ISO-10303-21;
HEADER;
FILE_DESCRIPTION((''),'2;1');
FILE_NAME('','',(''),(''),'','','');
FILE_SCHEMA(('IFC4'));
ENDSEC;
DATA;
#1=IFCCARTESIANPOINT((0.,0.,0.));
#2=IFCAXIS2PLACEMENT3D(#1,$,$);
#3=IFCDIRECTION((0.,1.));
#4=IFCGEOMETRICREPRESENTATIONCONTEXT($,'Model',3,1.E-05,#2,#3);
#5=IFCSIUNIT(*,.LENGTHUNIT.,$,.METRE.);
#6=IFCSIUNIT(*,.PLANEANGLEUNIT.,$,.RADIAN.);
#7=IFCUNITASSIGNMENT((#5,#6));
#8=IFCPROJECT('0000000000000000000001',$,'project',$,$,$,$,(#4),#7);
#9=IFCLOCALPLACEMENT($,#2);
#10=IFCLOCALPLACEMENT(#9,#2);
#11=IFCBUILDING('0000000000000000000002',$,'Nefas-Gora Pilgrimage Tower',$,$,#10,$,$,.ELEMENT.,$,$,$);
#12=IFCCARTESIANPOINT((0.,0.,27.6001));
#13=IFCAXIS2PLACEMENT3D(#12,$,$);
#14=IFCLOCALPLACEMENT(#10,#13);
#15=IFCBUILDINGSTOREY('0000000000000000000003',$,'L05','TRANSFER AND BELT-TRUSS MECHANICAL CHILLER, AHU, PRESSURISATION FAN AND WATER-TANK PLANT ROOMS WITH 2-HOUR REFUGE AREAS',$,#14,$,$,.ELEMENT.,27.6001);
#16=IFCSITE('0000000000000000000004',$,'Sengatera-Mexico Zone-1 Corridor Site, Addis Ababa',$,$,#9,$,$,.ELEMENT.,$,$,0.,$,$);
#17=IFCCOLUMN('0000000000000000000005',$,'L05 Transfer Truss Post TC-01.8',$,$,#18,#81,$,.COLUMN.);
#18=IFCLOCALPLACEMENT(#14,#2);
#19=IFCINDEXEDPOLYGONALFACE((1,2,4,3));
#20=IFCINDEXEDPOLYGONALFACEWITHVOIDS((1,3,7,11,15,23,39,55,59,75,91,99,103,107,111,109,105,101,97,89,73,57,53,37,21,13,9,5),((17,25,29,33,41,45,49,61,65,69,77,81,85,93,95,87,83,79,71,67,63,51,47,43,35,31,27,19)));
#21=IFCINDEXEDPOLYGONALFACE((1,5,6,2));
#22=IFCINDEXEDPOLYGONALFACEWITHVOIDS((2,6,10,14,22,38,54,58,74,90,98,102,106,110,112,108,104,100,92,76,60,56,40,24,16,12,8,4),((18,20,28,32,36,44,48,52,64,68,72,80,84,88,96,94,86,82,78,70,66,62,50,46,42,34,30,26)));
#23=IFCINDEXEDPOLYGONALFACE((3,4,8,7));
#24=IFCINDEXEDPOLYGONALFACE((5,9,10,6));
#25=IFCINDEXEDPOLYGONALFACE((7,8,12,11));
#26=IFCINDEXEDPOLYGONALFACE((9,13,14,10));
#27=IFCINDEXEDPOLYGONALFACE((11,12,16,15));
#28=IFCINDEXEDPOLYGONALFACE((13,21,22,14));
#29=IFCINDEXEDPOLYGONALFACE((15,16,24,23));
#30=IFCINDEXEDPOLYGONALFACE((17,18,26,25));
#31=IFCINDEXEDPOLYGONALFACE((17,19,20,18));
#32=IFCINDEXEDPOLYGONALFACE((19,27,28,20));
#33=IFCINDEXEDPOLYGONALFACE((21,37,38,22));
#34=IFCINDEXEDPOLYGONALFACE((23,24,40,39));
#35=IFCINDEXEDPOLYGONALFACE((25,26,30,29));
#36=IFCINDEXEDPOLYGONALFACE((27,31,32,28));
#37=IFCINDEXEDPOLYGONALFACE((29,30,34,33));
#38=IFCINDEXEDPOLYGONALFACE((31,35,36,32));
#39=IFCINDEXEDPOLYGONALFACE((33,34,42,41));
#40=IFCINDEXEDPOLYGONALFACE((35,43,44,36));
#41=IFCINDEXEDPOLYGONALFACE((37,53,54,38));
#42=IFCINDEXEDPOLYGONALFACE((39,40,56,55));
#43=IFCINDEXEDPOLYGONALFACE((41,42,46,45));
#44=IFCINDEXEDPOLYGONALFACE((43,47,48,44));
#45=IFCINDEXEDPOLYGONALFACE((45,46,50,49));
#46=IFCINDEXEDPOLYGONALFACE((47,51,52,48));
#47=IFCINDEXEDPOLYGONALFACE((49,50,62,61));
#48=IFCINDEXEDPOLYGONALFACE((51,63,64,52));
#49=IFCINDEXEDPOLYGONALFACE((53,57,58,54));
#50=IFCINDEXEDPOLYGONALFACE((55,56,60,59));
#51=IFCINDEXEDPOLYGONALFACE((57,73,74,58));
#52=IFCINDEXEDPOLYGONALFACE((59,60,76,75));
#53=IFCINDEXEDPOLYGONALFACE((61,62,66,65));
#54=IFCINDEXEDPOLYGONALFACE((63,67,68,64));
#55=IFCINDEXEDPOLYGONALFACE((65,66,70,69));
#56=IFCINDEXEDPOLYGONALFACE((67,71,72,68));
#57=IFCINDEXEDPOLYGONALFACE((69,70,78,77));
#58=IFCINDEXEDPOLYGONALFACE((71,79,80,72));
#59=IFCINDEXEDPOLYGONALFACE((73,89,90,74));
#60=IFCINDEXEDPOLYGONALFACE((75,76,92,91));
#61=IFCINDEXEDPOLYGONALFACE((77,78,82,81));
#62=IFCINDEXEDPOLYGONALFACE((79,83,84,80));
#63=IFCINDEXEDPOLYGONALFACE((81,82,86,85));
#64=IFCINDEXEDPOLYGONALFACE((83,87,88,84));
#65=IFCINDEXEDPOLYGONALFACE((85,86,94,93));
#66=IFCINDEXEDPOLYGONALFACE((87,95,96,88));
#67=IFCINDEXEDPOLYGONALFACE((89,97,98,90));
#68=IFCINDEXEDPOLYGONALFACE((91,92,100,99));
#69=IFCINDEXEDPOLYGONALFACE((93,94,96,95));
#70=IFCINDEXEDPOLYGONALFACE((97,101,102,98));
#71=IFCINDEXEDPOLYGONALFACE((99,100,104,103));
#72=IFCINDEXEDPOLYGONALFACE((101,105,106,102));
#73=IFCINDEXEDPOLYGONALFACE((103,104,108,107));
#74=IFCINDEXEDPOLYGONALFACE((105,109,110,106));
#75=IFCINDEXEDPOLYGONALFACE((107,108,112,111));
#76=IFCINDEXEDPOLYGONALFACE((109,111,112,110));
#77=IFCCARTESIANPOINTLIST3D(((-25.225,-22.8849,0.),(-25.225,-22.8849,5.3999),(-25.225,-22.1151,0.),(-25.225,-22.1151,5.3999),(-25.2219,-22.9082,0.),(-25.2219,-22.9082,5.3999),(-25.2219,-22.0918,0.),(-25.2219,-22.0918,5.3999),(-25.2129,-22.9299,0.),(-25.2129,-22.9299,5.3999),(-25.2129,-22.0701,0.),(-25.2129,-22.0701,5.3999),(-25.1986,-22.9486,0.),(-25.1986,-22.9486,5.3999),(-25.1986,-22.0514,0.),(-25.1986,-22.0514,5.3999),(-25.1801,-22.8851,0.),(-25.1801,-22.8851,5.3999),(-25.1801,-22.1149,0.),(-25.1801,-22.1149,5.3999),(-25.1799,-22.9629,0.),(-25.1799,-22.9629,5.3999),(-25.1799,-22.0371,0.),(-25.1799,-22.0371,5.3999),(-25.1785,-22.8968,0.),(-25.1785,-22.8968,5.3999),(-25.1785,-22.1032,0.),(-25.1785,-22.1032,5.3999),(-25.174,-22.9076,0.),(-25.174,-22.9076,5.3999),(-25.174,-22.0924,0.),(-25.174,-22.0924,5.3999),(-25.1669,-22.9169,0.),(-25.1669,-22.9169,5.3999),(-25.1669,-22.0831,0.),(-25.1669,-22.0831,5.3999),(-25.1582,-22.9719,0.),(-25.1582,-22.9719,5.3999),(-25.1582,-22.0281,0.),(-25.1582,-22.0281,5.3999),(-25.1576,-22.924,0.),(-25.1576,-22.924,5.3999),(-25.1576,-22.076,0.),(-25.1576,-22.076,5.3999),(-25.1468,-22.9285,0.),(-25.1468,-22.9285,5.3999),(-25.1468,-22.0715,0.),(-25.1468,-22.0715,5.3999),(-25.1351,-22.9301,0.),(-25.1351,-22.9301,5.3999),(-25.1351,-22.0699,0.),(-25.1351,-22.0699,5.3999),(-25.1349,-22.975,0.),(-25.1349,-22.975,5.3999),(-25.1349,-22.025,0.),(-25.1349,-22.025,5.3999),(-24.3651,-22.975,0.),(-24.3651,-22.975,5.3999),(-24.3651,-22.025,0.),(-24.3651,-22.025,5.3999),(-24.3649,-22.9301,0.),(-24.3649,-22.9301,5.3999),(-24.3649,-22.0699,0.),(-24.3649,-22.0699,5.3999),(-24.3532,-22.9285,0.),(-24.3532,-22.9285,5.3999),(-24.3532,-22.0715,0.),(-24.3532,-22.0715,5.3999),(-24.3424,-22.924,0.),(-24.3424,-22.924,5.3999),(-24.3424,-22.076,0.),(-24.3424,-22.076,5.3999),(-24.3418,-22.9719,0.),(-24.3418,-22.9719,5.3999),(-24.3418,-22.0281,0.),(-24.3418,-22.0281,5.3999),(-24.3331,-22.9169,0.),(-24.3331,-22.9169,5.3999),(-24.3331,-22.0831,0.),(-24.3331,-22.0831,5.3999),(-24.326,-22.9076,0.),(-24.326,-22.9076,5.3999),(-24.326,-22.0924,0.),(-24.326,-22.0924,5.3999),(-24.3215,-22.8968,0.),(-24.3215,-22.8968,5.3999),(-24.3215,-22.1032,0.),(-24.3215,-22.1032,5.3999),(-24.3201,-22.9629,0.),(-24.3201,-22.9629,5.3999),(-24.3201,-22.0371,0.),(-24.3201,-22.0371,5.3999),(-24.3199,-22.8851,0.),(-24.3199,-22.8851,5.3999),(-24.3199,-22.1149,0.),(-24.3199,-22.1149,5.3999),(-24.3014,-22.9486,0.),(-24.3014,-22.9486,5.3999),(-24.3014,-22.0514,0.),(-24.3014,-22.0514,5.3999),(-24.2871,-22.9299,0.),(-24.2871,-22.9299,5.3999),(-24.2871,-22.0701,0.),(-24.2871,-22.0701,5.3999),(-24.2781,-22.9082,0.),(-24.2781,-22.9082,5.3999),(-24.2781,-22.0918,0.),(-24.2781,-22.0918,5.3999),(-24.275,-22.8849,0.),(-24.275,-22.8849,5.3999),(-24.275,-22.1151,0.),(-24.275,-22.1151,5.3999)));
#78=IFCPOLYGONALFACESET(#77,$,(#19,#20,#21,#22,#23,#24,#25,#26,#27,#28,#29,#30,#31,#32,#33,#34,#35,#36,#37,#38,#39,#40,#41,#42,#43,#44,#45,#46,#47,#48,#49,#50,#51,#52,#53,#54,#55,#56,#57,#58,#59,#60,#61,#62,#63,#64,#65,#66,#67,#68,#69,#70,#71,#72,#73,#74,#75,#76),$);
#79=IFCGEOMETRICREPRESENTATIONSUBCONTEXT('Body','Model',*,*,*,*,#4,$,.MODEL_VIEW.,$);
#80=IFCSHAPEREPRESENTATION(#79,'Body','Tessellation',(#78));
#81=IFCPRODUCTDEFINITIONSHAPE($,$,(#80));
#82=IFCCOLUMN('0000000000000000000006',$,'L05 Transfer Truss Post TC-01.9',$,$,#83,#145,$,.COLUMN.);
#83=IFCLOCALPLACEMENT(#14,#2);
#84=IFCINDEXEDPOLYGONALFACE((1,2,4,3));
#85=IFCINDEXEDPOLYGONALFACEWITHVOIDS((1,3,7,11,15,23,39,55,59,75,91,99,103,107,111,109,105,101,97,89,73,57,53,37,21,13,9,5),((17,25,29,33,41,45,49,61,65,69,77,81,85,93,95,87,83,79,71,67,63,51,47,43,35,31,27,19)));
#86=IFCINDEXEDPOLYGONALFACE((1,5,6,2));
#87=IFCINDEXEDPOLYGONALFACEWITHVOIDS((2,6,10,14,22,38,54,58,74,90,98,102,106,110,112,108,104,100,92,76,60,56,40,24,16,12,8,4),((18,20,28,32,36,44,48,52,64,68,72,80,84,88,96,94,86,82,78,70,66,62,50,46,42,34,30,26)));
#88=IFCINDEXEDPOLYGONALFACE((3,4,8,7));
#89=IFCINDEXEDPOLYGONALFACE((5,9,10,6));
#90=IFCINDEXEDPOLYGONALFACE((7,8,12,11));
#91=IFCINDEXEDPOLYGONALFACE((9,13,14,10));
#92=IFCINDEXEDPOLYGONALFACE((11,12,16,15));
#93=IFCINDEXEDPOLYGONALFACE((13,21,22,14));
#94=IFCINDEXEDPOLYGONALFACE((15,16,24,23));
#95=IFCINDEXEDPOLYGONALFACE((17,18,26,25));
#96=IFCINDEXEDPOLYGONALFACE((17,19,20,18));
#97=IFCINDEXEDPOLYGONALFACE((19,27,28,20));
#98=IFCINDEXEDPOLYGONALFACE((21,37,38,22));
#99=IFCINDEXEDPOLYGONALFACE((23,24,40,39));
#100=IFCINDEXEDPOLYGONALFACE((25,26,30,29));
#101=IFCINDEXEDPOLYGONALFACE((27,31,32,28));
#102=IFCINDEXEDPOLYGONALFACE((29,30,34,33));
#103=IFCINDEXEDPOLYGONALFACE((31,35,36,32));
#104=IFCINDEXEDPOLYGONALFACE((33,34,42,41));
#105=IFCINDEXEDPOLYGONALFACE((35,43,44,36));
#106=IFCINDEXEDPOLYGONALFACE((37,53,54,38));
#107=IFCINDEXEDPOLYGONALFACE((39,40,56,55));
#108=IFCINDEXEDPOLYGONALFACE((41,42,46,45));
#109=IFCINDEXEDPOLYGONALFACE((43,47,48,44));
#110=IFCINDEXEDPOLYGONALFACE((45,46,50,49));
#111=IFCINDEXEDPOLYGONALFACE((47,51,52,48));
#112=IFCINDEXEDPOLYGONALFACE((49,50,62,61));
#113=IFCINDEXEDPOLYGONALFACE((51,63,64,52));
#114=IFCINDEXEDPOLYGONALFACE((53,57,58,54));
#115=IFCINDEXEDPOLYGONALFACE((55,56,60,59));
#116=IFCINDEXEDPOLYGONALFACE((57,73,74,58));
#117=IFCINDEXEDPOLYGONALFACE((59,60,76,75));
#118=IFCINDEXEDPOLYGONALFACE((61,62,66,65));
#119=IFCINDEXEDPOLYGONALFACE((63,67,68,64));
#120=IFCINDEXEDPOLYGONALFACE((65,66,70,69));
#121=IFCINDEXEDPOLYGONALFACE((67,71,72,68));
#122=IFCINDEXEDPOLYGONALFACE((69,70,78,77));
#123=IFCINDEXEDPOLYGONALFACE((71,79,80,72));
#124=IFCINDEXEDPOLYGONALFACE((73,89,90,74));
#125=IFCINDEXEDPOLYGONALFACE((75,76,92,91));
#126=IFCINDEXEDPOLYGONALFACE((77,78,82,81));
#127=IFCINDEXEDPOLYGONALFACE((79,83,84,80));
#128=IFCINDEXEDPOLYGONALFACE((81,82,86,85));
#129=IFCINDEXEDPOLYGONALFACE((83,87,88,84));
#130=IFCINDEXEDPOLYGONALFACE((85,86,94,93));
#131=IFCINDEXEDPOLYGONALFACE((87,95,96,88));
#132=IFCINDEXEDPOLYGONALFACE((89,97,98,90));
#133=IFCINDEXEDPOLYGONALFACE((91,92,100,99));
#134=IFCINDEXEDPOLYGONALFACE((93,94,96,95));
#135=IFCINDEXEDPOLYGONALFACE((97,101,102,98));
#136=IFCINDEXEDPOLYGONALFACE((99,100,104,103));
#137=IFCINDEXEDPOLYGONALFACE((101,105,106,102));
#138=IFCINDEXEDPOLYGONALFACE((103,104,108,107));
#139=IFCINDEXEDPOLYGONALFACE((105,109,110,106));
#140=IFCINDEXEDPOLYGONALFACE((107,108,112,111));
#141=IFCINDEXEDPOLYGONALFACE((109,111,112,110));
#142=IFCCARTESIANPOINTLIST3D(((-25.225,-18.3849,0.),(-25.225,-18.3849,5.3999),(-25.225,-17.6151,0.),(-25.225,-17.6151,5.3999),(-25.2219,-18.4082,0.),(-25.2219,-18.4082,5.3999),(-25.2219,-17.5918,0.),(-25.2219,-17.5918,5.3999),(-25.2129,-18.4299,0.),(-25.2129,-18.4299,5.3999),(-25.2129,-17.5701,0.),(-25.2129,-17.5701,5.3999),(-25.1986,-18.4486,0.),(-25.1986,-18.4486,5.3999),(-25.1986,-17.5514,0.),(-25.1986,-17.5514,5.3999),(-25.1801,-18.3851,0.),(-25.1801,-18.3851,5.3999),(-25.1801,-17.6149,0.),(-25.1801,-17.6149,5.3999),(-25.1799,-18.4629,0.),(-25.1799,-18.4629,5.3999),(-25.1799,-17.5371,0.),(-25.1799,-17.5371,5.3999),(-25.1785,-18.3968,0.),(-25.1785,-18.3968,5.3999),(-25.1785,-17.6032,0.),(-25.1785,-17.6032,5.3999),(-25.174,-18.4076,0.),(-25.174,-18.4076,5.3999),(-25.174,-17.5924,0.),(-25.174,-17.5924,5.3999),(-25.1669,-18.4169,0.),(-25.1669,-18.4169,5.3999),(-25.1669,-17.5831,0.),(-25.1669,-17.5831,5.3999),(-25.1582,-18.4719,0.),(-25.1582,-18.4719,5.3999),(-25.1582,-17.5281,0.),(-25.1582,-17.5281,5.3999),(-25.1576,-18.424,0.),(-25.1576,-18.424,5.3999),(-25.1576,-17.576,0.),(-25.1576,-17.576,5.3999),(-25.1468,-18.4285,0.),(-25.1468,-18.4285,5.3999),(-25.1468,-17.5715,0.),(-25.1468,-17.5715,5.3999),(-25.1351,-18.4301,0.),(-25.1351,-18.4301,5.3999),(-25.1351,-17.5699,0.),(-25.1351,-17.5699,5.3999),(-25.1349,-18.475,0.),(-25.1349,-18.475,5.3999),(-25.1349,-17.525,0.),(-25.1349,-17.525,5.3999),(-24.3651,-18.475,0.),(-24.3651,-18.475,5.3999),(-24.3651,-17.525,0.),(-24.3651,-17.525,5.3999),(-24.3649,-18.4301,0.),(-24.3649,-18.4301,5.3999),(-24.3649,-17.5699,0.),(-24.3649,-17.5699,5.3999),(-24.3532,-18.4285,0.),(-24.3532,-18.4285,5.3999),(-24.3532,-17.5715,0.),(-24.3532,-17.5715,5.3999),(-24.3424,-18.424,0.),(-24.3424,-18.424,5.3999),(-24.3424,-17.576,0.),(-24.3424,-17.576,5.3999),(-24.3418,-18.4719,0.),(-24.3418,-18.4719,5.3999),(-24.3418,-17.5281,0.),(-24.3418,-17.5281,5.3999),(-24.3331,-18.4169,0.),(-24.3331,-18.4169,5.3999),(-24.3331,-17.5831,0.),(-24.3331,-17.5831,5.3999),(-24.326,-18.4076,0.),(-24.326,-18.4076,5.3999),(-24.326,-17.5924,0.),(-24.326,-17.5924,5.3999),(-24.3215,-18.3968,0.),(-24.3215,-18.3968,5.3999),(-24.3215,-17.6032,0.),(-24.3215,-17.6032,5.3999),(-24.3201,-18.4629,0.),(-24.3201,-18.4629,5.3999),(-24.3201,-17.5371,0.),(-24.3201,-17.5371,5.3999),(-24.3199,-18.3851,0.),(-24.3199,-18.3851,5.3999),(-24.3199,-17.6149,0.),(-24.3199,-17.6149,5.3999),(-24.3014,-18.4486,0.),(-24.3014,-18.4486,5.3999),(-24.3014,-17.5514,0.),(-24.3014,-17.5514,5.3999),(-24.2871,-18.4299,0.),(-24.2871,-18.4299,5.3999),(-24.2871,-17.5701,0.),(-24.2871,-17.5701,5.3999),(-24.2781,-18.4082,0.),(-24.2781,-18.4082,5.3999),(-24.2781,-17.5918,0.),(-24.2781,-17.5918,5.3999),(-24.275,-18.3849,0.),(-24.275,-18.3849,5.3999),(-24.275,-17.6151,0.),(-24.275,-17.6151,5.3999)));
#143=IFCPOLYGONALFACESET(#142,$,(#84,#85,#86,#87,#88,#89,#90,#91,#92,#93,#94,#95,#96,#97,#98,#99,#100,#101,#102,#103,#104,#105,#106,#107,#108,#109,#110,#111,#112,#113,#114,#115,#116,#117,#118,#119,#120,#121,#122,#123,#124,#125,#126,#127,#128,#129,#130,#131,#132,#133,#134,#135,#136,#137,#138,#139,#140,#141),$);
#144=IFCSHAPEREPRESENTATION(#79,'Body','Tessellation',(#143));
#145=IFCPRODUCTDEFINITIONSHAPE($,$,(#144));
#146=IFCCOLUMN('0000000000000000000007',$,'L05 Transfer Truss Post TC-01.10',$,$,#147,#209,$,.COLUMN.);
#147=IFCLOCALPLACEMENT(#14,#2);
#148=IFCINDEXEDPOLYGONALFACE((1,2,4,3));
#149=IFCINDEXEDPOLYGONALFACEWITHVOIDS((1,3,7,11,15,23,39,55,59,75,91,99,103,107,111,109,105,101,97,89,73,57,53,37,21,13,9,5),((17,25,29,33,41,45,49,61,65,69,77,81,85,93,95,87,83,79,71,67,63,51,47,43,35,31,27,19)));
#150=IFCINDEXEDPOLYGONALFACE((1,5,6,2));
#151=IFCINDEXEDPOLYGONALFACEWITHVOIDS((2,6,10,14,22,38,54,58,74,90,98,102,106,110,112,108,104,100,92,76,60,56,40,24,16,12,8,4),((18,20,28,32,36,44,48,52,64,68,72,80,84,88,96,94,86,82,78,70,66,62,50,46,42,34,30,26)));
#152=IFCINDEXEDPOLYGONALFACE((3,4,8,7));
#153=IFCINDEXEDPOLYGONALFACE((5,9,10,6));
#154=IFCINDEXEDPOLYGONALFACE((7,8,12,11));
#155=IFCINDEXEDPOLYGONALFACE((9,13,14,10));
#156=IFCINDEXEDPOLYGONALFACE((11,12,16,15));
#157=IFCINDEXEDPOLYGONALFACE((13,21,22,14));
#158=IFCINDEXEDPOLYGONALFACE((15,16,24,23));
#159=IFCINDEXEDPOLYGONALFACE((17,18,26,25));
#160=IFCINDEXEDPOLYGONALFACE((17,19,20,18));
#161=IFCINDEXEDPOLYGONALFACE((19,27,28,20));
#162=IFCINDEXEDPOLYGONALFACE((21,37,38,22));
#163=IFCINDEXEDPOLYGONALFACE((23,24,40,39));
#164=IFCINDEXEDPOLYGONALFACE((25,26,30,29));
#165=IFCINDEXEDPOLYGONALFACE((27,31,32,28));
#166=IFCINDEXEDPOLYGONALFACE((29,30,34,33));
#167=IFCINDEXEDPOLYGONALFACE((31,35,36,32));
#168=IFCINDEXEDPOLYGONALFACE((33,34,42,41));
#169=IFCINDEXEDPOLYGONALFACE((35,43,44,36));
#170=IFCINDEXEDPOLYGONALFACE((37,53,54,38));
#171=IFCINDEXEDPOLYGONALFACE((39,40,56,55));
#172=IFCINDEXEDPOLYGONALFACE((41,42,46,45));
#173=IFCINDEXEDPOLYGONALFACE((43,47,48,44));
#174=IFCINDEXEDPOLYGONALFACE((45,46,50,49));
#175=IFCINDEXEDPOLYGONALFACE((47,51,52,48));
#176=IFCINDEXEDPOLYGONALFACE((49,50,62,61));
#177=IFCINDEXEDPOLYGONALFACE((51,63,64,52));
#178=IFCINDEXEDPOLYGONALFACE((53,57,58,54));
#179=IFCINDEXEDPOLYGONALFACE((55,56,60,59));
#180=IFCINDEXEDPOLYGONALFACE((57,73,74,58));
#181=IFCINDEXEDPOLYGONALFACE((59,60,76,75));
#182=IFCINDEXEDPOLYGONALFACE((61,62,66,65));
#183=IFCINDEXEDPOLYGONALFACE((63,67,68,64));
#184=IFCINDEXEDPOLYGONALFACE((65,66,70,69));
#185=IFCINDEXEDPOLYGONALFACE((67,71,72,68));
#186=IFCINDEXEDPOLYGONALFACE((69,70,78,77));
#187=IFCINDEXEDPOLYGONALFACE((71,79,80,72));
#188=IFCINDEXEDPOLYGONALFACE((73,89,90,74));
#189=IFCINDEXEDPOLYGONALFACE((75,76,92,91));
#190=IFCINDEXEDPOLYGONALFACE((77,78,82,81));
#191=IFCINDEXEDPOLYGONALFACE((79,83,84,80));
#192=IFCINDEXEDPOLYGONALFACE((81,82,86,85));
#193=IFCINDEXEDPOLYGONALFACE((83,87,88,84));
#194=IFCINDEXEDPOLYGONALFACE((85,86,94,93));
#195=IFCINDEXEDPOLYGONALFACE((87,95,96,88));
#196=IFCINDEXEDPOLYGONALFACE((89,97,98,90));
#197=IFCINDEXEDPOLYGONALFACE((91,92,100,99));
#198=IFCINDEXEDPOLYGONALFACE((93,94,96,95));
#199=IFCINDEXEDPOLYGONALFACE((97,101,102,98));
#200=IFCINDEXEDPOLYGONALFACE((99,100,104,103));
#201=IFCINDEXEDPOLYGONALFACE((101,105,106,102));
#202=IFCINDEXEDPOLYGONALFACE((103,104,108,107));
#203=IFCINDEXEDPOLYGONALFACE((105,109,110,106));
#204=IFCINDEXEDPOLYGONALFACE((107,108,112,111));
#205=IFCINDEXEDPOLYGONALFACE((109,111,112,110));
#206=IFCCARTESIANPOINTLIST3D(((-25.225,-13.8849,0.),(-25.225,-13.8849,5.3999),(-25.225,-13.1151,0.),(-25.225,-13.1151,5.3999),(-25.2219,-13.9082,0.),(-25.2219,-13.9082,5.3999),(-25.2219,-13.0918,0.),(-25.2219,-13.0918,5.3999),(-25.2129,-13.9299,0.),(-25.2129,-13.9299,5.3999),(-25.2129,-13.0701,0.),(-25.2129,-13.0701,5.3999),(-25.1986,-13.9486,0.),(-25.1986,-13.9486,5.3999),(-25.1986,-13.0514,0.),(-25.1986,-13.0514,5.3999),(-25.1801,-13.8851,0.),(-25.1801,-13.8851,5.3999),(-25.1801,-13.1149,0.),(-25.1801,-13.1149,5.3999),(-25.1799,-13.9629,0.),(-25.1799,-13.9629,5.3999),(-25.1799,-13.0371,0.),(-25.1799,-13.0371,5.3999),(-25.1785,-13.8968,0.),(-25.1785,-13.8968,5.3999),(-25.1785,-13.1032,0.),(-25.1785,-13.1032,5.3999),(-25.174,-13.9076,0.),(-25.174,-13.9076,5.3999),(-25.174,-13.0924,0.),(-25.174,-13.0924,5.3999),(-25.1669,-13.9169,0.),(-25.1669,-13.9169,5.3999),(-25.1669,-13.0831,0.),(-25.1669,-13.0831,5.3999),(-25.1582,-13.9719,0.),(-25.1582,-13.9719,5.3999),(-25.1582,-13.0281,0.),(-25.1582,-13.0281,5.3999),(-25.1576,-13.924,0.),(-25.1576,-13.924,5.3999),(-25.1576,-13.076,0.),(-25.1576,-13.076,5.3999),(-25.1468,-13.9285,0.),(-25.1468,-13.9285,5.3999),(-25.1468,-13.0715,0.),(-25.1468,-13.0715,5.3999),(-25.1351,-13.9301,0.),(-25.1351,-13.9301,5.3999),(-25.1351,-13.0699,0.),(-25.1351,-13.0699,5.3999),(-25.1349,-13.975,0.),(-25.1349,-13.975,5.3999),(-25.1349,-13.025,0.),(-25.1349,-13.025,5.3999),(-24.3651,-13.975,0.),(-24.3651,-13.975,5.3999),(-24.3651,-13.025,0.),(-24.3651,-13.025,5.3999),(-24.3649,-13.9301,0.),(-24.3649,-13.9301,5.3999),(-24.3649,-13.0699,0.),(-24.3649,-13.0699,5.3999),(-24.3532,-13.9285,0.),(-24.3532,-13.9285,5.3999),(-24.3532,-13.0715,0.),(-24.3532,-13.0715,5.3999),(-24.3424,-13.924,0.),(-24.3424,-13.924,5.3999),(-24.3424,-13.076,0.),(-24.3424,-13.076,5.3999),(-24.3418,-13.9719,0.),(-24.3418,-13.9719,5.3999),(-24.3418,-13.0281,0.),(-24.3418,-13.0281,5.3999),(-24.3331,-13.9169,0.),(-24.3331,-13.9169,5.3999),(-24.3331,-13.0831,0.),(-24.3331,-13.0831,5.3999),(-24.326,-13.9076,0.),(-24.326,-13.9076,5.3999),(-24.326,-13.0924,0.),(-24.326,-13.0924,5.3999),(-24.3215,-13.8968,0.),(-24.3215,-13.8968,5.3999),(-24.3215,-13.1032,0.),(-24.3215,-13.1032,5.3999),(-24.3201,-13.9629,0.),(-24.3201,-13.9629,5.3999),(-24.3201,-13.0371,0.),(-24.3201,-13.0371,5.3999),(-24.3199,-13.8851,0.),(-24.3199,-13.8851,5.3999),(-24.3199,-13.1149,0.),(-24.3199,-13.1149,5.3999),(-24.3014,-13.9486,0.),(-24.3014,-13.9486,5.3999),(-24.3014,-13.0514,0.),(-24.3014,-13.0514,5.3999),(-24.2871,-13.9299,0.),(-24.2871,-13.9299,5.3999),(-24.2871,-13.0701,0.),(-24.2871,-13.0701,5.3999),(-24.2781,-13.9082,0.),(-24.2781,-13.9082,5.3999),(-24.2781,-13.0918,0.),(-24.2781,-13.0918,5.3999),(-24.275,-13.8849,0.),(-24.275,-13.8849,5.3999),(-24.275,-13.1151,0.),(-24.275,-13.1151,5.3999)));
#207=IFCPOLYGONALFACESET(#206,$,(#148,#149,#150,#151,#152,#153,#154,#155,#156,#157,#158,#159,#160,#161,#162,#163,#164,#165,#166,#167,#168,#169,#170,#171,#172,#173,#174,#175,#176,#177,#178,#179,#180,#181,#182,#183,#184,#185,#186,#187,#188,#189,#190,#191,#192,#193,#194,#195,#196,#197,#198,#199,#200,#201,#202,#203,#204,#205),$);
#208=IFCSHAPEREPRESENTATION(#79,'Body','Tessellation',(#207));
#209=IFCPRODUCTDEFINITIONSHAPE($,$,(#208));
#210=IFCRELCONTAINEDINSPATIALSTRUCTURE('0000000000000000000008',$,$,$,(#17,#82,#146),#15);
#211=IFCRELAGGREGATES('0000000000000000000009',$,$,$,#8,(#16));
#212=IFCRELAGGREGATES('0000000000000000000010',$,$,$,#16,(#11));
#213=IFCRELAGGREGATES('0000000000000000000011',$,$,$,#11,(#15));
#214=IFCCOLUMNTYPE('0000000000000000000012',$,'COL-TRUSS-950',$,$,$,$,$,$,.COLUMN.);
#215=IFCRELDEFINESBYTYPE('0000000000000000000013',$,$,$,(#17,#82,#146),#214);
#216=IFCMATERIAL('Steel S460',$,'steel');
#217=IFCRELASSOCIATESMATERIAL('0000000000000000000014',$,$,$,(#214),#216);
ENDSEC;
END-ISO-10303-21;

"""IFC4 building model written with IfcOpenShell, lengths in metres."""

from ifc_helpers import new_model, si_unit, direction, frame, origin, origin_2d, place, context, subcontext, project, spatial, hollow_rectangle, extrude, source, transform, mapped, material, material_profile, profile_set, type_object, element, save


model = new_model("IFC4")

# Units and contexts
model_context = context("Model", 3, precision=1e-05, world=origin(), true_north=direction((0.0, 1.0)))
body_context = subcontext(model_context, "Body", "Model", "MODEL_VIEW")
ifc_project = project(units=[si_unit("LENGTHUNIT", "METRE"), si_unit("PLANEANGLEUNIT", "RADIAN")], contexts=[model_context])

# Site, building, storey
site_placement = place(None, origin())
site = spatial("IfcSite", under=ifc_project, at=site_placement, Name="Sengatera-Mexico Zone-1 Corridor Site, Addis Ababa", CompositionType="ELEMENT", RefElevation=0.0)
building_placement = place(site_placement, origin())
building = spatial("IfcBuilding", under=site, at=building_placement, Name="Nefas-Gora Pilgrimage Tower", CompositionType="ELEMENT")
storey_placement = place(building_placement, frame((0.0, 0.0, 27.6001)))
storey = spatial("IfcBuildingStorey", under=building, at=storey_placement, Name="L05", Description="TRANSFER AND BELT-TRUSS MECHANICAL CHILLER, AHU, PRESSURISATION FAN AND WATER-TANK PLANT ROOMS WITH 2-HOUR REFUGE AREAS", CompositionType="ELEMENT", Elevation=27.6001)

# Columns
ifc_material = material(Name="Steel S460", Category="steel")
ifc_material_profile_1 = material_profile(ifc_material, hollow_rectangle(XDim=0.95, YDim=0.95, WallThickness=0.0449, InnerFilletRadius=0.0449, OuterFilletRadius=0.0901, at=origin_2d()), Name="BOX 950x950x45")
ifc_profile_set_1 = profile_set([ifc_material_profile_1], Name="Steel S460")
column_type = type_object("IfcColumnType", Name="COL-TRUSS-950", PredefinedType="COLUMN", material=ifc_profile_set_1)
shared_shape_1 = source(origin(), body_context, "Body", "SweptSolid", [
    extrude(hollow_rectangle(XDim=0.95, YDim=0.95, WallThickness=0.0449, InnerFilletRadius=0.0449, OuterFilletRadius=0.0901, at=origin_2d()), origin(), (0.0, 0.0, 1.0), 5.3999),
])
for number, where, z_axis, x_axis, name in (
    (1, (-24.75, -22.5, 0.0), (0.0, 0.0, 1.0), (1.0, 0.0, 0.0), "L05 Transfer Truss Post TC-01.8"),
    (2, (-24.75, -18.0, 0.0), (0.0, 0.0, 1.0), (1.0, 0.0, 0.0), "L05 Transfer Truss Post TC-01.9"),
    (3, (-24.75, -13.5, 0.0), (0.0, 0.0, 1.0), (1.0, 0.0, 0.0), "L05 Transfer Truss Post TC-01.10"),
):
    element("IfcColumn", number, at=place(storey_placement, frame(where, z_axis=z_axis, x_axis=x_axis)), inside=storey, type_object=column_type, Name=name, PredefinedType="COLUMN", context=body_context, shape_type="MappedRepresentation", body=[
        mapped(shared_shape_1, transform((0.0, 0.0, 0.0), x_axis=(1.0, 0.0, 0.0), y_axis=(0.0, 1.0, 0.0), z_axis=(0.0, 0.0, 1.0), scale=1.0)),
    ])

save(model, "model.ifc")
